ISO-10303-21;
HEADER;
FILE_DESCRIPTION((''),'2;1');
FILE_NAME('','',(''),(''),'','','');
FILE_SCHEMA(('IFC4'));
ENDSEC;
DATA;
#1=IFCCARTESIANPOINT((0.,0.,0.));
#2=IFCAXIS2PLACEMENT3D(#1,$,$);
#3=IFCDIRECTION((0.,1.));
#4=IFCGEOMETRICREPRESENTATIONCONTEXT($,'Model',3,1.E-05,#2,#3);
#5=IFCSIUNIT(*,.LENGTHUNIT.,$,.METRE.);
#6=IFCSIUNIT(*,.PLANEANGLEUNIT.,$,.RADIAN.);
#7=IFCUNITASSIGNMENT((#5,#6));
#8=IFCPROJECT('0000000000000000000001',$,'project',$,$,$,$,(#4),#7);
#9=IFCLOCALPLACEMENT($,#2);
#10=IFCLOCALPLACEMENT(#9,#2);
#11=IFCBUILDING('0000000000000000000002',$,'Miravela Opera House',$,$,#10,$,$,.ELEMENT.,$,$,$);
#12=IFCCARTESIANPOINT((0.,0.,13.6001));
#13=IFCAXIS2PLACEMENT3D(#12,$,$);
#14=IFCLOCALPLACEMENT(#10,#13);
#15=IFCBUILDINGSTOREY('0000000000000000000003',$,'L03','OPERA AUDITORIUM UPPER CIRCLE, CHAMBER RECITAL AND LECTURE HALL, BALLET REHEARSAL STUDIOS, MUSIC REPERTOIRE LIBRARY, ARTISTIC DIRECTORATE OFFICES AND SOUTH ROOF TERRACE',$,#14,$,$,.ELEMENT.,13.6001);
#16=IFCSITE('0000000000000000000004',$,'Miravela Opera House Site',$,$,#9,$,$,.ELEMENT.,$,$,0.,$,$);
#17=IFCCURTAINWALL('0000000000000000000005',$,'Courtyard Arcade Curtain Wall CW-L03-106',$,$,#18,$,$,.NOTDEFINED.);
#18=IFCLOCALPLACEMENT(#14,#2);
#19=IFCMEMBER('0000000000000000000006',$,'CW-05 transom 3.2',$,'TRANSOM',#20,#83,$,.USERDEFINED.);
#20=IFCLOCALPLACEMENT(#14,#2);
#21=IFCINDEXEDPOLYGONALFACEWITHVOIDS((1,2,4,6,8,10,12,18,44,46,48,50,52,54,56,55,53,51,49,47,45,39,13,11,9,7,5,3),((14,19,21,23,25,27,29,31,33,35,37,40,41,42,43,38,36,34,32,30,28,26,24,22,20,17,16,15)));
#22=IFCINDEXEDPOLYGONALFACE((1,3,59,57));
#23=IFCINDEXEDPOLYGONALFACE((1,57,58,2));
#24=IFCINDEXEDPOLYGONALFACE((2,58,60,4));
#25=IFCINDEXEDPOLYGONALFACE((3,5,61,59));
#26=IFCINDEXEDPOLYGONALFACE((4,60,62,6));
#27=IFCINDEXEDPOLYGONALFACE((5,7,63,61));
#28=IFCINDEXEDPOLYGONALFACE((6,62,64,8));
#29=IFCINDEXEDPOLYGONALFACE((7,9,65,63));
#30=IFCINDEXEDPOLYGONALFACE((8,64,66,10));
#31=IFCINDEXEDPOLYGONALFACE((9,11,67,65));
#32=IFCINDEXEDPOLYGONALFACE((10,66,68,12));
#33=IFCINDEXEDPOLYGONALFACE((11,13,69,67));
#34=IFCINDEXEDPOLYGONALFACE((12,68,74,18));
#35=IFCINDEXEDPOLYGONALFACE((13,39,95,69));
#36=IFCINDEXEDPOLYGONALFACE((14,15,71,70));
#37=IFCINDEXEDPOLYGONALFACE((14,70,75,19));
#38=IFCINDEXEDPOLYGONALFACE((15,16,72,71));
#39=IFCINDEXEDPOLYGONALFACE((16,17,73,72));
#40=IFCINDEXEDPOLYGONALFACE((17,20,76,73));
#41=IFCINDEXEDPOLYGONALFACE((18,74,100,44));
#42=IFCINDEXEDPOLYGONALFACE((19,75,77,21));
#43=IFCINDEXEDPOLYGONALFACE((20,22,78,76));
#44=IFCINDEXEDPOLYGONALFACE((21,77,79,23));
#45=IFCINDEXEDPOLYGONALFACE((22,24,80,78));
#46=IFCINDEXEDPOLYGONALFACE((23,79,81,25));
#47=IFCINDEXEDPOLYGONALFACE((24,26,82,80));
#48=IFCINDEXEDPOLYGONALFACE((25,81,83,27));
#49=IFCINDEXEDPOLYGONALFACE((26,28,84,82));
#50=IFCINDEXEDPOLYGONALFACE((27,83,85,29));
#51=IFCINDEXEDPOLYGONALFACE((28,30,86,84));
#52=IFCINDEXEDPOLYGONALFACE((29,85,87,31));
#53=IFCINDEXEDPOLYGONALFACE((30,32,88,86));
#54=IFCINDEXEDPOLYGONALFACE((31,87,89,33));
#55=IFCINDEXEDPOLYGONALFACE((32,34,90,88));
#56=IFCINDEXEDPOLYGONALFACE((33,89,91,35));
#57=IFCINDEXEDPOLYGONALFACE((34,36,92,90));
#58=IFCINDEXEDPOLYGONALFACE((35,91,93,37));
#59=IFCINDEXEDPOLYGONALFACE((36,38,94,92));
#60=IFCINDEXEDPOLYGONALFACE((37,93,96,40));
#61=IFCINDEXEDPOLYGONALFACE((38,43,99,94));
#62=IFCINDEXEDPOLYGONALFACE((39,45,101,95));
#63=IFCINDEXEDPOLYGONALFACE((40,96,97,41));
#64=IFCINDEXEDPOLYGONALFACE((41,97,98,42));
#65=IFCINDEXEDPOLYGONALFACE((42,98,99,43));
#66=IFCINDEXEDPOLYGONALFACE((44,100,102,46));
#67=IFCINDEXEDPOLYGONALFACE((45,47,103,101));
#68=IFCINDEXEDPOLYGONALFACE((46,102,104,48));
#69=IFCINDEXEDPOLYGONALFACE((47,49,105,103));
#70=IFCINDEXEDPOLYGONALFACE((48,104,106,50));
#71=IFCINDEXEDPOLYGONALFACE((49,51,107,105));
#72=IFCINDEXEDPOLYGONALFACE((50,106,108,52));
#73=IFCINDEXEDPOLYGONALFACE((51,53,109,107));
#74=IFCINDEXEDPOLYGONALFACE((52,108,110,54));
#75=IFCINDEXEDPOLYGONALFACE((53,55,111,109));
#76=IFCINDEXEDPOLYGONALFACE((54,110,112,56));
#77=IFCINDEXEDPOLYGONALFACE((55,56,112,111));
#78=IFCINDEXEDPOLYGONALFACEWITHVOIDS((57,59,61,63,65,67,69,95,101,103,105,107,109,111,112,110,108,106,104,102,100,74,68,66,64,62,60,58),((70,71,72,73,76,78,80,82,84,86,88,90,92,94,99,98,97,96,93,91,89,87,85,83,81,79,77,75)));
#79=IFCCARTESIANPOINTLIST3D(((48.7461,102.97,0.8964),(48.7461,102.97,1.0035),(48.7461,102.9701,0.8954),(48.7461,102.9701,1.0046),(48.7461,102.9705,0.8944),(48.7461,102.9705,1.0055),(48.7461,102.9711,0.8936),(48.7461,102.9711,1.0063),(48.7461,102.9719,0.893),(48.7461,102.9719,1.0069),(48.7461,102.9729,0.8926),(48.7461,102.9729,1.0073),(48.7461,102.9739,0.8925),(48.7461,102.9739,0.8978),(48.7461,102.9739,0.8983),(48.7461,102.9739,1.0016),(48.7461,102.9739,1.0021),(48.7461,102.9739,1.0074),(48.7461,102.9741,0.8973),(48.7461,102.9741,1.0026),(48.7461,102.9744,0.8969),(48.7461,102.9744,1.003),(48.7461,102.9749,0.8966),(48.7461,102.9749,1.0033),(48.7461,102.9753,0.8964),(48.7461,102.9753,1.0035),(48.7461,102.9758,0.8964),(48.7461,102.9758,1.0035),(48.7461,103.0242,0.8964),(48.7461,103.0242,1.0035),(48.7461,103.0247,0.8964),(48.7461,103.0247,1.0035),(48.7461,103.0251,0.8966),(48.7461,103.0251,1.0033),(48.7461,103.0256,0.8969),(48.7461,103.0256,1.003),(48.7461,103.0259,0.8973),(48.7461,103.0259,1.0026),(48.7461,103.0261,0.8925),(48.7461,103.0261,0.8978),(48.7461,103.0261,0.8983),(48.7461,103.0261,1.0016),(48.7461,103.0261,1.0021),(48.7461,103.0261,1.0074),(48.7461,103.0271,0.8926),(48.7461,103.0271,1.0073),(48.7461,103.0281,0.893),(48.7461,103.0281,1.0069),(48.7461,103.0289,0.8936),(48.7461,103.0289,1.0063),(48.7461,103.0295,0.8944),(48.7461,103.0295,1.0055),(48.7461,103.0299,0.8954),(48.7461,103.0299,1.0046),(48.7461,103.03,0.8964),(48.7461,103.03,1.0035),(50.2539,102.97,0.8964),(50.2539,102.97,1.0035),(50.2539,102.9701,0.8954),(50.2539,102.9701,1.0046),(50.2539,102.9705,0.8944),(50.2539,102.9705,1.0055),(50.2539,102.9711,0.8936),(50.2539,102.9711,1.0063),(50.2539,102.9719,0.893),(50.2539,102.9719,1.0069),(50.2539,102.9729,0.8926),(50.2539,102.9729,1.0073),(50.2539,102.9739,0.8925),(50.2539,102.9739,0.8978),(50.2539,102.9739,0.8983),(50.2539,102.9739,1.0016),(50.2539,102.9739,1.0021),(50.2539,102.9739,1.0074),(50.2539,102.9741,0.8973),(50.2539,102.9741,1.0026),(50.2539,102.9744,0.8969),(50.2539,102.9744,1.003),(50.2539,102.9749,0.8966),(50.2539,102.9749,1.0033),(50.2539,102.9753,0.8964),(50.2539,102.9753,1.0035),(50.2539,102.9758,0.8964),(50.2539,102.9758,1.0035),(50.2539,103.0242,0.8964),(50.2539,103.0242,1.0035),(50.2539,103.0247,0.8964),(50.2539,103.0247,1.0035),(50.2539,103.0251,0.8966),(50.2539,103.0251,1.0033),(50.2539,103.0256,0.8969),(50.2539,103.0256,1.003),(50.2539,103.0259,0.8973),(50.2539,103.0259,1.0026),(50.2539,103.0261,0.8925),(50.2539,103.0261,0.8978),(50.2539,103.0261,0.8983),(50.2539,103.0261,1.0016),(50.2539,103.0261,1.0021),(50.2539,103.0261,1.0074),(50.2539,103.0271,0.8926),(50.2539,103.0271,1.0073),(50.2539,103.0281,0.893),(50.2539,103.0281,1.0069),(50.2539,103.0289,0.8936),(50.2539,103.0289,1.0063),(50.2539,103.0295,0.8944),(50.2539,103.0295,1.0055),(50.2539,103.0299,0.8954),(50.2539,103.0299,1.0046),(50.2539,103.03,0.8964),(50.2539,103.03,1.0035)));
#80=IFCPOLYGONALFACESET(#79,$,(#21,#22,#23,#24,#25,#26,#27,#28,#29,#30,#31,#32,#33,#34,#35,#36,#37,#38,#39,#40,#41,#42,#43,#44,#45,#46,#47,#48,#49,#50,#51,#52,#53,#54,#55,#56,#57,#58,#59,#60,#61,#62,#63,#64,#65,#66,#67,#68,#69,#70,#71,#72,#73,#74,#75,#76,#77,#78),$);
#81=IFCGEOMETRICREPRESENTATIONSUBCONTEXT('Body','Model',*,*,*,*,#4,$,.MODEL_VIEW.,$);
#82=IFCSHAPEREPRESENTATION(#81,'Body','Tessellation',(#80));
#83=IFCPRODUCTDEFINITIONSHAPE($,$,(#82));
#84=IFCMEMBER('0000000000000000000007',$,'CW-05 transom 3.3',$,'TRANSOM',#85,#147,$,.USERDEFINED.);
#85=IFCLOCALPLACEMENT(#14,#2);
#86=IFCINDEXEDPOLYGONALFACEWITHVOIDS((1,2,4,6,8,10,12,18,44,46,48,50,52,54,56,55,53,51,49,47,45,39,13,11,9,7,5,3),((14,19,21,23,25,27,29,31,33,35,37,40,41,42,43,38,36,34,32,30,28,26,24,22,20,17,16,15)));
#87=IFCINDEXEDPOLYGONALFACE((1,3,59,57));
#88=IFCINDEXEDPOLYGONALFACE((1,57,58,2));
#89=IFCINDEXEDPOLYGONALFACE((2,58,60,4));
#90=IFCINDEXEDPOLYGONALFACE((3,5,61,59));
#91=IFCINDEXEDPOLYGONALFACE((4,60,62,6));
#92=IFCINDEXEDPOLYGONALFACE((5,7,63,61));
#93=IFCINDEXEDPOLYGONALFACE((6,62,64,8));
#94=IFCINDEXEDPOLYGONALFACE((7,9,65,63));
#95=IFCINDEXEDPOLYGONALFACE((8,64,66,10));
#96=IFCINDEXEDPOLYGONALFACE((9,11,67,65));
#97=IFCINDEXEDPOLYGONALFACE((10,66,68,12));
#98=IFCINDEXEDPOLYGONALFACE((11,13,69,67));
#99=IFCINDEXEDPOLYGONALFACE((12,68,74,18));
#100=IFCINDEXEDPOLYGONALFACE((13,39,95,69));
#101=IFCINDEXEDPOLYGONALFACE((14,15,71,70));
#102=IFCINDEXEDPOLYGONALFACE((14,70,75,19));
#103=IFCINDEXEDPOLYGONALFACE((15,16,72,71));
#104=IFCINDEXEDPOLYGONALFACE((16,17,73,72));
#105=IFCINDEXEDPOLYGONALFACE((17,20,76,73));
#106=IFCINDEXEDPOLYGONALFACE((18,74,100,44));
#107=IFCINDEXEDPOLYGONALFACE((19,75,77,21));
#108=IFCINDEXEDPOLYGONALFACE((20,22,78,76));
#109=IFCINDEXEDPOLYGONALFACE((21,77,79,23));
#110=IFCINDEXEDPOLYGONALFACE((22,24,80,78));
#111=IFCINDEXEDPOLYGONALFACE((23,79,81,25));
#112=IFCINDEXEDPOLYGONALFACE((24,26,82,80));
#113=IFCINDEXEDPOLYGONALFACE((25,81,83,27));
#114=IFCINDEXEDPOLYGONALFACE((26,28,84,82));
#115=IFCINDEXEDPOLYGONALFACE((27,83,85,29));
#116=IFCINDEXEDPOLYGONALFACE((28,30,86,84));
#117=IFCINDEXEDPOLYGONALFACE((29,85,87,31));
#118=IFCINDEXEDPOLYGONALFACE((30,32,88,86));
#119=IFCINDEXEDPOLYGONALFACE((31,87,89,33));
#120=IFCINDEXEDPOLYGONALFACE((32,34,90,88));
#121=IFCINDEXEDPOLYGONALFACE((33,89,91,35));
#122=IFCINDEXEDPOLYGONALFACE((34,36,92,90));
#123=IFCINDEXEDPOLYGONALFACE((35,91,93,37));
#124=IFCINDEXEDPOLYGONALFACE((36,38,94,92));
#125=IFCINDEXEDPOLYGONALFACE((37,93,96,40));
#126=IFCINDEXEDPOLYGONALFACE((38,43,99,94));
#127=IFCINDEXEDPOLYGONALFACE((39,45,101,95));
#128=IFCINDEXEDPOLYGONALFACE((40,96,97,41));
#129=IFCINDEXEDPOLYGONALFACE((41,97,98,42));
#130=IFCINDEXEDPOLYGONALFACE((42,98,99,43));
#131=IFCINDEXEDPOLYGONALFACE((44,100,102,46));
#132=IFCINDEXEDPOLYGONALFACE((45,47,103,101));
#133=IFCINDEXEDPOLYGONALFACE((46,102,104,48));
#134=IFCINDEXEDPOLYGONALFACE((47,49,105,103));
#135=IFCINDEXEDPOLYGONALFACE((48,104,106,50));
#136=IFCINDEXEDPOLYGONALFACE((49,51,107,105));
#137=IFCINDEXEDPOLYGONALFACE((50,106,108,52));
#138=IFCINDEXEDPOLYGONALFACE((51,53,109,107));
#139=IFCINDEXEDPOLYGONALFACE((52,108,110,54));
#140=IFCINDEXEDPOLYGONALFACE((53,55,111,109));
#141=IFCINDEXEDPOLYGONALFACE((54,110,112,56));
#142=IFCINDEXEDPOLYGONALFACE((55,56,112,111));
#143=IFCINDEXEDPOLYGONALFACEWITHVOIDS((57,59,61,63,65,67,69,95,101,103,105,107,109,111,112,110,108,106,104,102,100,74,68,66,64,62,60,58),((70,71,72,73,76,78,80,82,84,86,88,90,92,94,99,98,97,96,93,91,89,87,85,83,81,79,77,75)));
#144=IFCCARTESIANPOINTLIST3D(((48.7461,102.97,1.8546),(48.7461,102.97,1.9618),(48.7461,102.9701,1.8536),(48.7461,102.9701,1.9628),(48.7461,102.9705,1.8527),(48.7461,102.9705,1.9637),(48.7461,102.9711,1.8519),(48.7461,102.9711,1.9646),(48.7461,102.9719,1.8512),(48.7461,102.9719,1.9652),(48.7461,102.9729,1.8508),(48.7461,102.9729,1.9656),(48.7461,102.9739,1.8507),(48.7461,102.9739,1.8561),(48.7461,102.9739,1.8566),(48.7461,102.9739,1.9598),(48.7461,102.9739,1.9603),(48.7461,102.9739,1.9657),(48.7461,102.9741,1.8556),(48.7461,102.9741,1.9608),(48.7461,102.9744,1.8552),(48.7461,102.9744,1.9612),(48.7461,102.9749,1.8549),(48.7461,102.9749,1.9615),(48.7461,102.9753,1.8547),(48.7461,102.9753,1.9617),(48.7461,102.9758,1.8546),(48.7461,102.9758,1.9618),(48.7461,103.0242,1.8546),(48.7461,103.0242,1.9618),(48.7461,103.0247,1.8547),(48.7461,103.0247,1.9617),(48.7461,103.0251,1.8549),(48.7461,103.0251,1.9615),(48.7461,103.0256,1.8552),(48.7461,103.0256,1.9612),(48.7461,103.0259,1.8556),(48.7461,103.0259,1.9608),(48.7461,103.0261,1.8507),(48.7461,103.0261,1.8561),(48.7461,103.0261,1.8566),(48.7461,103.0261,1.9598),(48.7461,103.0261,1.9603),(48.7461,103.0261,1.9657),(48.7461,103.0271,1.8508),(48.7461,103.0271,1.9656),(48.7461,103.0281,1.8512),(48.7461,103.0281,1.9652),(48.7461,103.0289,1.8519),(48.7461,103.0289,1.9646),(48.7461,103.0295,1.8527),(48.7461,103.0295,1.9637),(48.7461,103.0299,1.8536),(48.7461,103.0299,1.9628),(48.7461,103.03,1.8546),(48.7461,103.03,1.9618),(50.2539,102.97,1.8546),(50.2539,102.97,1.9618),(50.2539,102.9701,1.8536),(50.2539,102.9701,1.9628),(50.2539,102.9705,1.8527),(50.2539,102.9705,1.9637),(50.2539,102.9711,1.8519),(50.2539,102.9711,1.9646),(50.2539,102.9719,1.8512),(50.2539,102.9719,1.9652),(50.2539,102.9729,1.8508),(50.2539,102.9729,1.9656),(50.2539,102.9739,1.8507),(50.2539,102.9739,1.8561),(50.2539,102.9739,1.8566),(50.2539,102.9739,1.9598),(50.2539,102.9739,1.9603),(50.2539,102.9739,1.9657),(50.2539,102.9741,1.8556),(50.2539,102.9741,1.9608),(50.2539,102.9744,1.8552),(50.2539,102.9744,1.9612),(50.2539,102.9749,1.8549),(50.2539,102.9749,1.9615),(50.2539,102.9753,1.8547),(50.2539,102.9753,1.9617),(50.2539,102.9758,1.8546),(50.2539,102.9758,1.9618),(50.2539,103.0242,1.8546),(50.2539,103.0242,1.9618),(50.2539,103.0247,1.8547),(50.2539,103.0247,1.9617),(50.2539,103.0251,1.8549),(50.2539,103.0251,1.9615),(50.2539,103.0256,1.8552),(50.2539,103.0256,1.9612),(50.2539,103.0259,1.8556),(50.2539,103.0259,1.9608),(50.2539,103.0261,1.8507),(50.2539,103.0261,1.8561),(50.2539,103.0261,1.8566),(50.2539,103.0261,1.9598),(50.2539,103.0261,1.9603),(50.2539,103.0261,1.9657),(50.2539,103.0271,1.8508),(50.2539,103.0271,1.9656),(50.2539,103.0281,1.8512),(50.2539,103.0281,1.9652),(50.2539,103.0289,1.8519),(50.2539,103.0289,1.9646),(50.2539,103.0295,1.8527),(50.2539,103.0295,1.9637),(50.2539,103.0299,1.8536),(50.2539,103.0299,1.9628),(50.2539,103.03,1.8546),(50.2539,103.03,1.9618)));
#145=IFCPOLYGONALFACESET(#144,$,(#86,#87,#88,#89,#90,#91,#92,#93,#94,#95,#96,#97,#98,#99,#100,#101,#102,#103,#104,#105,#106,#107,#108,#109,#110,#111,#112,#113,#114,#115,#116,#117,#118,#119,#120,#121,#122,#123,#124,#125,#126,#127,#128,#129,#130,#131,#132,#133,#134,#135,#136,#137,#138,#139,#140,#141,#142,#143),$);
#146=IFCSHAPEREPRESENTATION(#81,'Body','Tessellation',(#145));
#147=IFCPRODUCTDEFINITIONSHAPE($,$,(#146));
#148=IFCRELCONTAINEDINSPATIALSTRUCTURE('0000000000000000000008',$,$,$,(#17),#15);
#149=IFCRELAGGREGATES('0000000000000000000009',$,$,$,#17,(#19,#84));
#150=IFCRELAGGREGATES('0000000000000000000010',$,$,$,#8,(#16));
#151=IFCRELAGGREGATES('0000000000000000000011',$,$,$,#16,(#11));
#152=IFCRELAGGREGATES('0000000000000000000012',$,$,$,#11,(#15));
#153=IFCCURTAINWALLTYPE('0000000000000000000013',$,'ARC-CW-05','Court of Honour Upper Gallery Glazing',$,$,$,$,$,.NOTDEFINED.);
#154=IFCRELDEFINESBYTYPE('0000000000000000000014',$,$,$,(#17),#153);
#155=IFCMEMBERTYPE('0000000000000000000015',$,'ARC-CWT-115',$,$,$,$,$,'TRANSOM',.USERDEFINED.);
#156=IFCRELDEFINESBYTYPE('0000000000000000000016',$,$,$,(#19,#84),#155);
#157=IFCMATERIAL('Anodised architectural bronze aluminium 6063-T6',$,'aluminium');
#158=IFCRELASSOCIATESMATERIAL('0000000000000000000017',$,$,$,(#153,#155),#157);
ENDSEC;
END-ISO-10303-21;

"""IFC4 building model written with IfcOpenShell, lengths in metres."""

from ifc_helpers import new_model, si_unit, direction, frame, origin, origin_2d, place, context, subcontext, project, spatial, hollow_rectangle, extrude, material, material_profile, profile_set, type_object, element, aggregate, save


model = new_model("IFC4")

# Units and contexts
model_context = context("Model", 3, precision=1e-05, world=origin(), true_north=direction((0.0, 1.0)))
body_context = subcontext(model_context, "Body", "Model", "MODEL_VIEW")
ifc_project = project(units=[si_unit("LENGTHUNIT", "METRE"), si_unit("PLANEANGLEUNIT", "RADIAN")], contexts=[model_context])

# Site, building, storey
site_placement = place(None, origin())
site = spatial("IfcSite", under=ifc_project, at=site_placement, Name="Miravela Opera House Site", CompositionType="ELEMENT", RefElevation=0.0)
building_placement = place(site_placement, origin())
building = spatial("IfcBuilding", under=site, at=building_placement, Name="Miravela Opera House", CompositionType="ELEMENT")
storey_placement = place(building_placement, frame((0.0, 0.0, 13.6001)))
storey = spatial("IfcBuildingStorey", under=building, at=storey_placement, Name="L03", Description="OPERA AUDITORIUM UPPER CIRCLE, CHAMBER RECITAL AND LECTURE HALL, BALLET REHEARSAL STUDIOS, MUSIC REPERTOIRE LIBRARY, ARTISTIC DIRECTORATE OFFICES AND SOUTH ROOF TERRACE", CompositionType="ELEMENT", Elevation=13.6001)

# Curtain wall
ifc_material_1 = material(Name="Anodised architectural bronze aluminium 6063-T6", Category="aluminium")
curtain_wall_type = type_object("IfcCurtainWallType", Name="ARC-CW-05", Description="Court of Honour Upper Gallery Glazing", PredefinedType="NOTDEFINED", material=ifc_material_1)
curtain_wall_1_placement = place(storey_placement, origin())
curtain_wall_1 = element("IfcCurtainWall", 1, at=curtain_wall_1_placement, inside=storey, type_object=curtain_wall_type, Name="Courtyard Arcade Curtain Wall CW-L03-106", PredefinedType="NOTDEFINED")

# Members
ifc_material_profile_1 = material_profile(ifc_material_1, hollow_rectangle(XDim=0.0601, YDim=0.115, WallThickness=0.0039, InnerFilletRadius=0.002, OuterFilletRadius=0.0039, at=origin_2d()), Name="CWT-60X115")
ifc_profile_set_1 = profile_set([ifc_material_profile_1])
member_type_1 = type_object("IfcMemberType", Name="ARC-CWT-115", ElementType="TRANSOM", PredefinedType="USERDEFINED", material=ifc_profile_set_1)
member_1_placement = place(storey_placement, frame((48.7461, 103.0, 0.95), z_axis=(1.0, 0.0, 0.0), x_axis=(0.0, 1.0, 0.0)))
member_1 = element("IfcMember", 2, at=member_1_placement, type_object=member_type_1, Name="CW-05 transom 3.2", ObjectType="TRANSOM", PredefinedType="USERDEFINED", context=body_context, shape_type="SweptSolid", body=[
    extrude(hollow_rectangle(XDim=0.0601, YDim=0.115, WallThickness=0.0039, InnerFilletRadius=0.002, OuterFilletRadius=0.0039, at=origin_2d()), origin(), (0.0, 0.0, 1.0), 1.5078),
])
member_2_placement = place(storey_placement, frame((48.7461, 103.0, 1.9082), z_axis=(1.0, 0.0, 0.0), x_axis=(0.0, 1.0, 0.0)))
member_2 = element("IfcMember", 3, at=member_2_placement, type_object=member_type_1, Name="CW-05 transom 3.3", ObjectType="TRANSOM", PredefinedType="USERDEFINED", context=body_context, shape_type="SweptSolid", body=[
    extrude(hollow_rectangle(XDim=0.0601, YDim=0.115, WallThickness=0.0039, InnerFilletRadius=0.002, OuterFilletRadius=0.0039, at=origin_2d()), origin(), (0.0, 0.0, 1.0), 1.5078),
])

aggregate(curtain_wall_1, [member_1, member_2])

save(model, "model.ifc")
